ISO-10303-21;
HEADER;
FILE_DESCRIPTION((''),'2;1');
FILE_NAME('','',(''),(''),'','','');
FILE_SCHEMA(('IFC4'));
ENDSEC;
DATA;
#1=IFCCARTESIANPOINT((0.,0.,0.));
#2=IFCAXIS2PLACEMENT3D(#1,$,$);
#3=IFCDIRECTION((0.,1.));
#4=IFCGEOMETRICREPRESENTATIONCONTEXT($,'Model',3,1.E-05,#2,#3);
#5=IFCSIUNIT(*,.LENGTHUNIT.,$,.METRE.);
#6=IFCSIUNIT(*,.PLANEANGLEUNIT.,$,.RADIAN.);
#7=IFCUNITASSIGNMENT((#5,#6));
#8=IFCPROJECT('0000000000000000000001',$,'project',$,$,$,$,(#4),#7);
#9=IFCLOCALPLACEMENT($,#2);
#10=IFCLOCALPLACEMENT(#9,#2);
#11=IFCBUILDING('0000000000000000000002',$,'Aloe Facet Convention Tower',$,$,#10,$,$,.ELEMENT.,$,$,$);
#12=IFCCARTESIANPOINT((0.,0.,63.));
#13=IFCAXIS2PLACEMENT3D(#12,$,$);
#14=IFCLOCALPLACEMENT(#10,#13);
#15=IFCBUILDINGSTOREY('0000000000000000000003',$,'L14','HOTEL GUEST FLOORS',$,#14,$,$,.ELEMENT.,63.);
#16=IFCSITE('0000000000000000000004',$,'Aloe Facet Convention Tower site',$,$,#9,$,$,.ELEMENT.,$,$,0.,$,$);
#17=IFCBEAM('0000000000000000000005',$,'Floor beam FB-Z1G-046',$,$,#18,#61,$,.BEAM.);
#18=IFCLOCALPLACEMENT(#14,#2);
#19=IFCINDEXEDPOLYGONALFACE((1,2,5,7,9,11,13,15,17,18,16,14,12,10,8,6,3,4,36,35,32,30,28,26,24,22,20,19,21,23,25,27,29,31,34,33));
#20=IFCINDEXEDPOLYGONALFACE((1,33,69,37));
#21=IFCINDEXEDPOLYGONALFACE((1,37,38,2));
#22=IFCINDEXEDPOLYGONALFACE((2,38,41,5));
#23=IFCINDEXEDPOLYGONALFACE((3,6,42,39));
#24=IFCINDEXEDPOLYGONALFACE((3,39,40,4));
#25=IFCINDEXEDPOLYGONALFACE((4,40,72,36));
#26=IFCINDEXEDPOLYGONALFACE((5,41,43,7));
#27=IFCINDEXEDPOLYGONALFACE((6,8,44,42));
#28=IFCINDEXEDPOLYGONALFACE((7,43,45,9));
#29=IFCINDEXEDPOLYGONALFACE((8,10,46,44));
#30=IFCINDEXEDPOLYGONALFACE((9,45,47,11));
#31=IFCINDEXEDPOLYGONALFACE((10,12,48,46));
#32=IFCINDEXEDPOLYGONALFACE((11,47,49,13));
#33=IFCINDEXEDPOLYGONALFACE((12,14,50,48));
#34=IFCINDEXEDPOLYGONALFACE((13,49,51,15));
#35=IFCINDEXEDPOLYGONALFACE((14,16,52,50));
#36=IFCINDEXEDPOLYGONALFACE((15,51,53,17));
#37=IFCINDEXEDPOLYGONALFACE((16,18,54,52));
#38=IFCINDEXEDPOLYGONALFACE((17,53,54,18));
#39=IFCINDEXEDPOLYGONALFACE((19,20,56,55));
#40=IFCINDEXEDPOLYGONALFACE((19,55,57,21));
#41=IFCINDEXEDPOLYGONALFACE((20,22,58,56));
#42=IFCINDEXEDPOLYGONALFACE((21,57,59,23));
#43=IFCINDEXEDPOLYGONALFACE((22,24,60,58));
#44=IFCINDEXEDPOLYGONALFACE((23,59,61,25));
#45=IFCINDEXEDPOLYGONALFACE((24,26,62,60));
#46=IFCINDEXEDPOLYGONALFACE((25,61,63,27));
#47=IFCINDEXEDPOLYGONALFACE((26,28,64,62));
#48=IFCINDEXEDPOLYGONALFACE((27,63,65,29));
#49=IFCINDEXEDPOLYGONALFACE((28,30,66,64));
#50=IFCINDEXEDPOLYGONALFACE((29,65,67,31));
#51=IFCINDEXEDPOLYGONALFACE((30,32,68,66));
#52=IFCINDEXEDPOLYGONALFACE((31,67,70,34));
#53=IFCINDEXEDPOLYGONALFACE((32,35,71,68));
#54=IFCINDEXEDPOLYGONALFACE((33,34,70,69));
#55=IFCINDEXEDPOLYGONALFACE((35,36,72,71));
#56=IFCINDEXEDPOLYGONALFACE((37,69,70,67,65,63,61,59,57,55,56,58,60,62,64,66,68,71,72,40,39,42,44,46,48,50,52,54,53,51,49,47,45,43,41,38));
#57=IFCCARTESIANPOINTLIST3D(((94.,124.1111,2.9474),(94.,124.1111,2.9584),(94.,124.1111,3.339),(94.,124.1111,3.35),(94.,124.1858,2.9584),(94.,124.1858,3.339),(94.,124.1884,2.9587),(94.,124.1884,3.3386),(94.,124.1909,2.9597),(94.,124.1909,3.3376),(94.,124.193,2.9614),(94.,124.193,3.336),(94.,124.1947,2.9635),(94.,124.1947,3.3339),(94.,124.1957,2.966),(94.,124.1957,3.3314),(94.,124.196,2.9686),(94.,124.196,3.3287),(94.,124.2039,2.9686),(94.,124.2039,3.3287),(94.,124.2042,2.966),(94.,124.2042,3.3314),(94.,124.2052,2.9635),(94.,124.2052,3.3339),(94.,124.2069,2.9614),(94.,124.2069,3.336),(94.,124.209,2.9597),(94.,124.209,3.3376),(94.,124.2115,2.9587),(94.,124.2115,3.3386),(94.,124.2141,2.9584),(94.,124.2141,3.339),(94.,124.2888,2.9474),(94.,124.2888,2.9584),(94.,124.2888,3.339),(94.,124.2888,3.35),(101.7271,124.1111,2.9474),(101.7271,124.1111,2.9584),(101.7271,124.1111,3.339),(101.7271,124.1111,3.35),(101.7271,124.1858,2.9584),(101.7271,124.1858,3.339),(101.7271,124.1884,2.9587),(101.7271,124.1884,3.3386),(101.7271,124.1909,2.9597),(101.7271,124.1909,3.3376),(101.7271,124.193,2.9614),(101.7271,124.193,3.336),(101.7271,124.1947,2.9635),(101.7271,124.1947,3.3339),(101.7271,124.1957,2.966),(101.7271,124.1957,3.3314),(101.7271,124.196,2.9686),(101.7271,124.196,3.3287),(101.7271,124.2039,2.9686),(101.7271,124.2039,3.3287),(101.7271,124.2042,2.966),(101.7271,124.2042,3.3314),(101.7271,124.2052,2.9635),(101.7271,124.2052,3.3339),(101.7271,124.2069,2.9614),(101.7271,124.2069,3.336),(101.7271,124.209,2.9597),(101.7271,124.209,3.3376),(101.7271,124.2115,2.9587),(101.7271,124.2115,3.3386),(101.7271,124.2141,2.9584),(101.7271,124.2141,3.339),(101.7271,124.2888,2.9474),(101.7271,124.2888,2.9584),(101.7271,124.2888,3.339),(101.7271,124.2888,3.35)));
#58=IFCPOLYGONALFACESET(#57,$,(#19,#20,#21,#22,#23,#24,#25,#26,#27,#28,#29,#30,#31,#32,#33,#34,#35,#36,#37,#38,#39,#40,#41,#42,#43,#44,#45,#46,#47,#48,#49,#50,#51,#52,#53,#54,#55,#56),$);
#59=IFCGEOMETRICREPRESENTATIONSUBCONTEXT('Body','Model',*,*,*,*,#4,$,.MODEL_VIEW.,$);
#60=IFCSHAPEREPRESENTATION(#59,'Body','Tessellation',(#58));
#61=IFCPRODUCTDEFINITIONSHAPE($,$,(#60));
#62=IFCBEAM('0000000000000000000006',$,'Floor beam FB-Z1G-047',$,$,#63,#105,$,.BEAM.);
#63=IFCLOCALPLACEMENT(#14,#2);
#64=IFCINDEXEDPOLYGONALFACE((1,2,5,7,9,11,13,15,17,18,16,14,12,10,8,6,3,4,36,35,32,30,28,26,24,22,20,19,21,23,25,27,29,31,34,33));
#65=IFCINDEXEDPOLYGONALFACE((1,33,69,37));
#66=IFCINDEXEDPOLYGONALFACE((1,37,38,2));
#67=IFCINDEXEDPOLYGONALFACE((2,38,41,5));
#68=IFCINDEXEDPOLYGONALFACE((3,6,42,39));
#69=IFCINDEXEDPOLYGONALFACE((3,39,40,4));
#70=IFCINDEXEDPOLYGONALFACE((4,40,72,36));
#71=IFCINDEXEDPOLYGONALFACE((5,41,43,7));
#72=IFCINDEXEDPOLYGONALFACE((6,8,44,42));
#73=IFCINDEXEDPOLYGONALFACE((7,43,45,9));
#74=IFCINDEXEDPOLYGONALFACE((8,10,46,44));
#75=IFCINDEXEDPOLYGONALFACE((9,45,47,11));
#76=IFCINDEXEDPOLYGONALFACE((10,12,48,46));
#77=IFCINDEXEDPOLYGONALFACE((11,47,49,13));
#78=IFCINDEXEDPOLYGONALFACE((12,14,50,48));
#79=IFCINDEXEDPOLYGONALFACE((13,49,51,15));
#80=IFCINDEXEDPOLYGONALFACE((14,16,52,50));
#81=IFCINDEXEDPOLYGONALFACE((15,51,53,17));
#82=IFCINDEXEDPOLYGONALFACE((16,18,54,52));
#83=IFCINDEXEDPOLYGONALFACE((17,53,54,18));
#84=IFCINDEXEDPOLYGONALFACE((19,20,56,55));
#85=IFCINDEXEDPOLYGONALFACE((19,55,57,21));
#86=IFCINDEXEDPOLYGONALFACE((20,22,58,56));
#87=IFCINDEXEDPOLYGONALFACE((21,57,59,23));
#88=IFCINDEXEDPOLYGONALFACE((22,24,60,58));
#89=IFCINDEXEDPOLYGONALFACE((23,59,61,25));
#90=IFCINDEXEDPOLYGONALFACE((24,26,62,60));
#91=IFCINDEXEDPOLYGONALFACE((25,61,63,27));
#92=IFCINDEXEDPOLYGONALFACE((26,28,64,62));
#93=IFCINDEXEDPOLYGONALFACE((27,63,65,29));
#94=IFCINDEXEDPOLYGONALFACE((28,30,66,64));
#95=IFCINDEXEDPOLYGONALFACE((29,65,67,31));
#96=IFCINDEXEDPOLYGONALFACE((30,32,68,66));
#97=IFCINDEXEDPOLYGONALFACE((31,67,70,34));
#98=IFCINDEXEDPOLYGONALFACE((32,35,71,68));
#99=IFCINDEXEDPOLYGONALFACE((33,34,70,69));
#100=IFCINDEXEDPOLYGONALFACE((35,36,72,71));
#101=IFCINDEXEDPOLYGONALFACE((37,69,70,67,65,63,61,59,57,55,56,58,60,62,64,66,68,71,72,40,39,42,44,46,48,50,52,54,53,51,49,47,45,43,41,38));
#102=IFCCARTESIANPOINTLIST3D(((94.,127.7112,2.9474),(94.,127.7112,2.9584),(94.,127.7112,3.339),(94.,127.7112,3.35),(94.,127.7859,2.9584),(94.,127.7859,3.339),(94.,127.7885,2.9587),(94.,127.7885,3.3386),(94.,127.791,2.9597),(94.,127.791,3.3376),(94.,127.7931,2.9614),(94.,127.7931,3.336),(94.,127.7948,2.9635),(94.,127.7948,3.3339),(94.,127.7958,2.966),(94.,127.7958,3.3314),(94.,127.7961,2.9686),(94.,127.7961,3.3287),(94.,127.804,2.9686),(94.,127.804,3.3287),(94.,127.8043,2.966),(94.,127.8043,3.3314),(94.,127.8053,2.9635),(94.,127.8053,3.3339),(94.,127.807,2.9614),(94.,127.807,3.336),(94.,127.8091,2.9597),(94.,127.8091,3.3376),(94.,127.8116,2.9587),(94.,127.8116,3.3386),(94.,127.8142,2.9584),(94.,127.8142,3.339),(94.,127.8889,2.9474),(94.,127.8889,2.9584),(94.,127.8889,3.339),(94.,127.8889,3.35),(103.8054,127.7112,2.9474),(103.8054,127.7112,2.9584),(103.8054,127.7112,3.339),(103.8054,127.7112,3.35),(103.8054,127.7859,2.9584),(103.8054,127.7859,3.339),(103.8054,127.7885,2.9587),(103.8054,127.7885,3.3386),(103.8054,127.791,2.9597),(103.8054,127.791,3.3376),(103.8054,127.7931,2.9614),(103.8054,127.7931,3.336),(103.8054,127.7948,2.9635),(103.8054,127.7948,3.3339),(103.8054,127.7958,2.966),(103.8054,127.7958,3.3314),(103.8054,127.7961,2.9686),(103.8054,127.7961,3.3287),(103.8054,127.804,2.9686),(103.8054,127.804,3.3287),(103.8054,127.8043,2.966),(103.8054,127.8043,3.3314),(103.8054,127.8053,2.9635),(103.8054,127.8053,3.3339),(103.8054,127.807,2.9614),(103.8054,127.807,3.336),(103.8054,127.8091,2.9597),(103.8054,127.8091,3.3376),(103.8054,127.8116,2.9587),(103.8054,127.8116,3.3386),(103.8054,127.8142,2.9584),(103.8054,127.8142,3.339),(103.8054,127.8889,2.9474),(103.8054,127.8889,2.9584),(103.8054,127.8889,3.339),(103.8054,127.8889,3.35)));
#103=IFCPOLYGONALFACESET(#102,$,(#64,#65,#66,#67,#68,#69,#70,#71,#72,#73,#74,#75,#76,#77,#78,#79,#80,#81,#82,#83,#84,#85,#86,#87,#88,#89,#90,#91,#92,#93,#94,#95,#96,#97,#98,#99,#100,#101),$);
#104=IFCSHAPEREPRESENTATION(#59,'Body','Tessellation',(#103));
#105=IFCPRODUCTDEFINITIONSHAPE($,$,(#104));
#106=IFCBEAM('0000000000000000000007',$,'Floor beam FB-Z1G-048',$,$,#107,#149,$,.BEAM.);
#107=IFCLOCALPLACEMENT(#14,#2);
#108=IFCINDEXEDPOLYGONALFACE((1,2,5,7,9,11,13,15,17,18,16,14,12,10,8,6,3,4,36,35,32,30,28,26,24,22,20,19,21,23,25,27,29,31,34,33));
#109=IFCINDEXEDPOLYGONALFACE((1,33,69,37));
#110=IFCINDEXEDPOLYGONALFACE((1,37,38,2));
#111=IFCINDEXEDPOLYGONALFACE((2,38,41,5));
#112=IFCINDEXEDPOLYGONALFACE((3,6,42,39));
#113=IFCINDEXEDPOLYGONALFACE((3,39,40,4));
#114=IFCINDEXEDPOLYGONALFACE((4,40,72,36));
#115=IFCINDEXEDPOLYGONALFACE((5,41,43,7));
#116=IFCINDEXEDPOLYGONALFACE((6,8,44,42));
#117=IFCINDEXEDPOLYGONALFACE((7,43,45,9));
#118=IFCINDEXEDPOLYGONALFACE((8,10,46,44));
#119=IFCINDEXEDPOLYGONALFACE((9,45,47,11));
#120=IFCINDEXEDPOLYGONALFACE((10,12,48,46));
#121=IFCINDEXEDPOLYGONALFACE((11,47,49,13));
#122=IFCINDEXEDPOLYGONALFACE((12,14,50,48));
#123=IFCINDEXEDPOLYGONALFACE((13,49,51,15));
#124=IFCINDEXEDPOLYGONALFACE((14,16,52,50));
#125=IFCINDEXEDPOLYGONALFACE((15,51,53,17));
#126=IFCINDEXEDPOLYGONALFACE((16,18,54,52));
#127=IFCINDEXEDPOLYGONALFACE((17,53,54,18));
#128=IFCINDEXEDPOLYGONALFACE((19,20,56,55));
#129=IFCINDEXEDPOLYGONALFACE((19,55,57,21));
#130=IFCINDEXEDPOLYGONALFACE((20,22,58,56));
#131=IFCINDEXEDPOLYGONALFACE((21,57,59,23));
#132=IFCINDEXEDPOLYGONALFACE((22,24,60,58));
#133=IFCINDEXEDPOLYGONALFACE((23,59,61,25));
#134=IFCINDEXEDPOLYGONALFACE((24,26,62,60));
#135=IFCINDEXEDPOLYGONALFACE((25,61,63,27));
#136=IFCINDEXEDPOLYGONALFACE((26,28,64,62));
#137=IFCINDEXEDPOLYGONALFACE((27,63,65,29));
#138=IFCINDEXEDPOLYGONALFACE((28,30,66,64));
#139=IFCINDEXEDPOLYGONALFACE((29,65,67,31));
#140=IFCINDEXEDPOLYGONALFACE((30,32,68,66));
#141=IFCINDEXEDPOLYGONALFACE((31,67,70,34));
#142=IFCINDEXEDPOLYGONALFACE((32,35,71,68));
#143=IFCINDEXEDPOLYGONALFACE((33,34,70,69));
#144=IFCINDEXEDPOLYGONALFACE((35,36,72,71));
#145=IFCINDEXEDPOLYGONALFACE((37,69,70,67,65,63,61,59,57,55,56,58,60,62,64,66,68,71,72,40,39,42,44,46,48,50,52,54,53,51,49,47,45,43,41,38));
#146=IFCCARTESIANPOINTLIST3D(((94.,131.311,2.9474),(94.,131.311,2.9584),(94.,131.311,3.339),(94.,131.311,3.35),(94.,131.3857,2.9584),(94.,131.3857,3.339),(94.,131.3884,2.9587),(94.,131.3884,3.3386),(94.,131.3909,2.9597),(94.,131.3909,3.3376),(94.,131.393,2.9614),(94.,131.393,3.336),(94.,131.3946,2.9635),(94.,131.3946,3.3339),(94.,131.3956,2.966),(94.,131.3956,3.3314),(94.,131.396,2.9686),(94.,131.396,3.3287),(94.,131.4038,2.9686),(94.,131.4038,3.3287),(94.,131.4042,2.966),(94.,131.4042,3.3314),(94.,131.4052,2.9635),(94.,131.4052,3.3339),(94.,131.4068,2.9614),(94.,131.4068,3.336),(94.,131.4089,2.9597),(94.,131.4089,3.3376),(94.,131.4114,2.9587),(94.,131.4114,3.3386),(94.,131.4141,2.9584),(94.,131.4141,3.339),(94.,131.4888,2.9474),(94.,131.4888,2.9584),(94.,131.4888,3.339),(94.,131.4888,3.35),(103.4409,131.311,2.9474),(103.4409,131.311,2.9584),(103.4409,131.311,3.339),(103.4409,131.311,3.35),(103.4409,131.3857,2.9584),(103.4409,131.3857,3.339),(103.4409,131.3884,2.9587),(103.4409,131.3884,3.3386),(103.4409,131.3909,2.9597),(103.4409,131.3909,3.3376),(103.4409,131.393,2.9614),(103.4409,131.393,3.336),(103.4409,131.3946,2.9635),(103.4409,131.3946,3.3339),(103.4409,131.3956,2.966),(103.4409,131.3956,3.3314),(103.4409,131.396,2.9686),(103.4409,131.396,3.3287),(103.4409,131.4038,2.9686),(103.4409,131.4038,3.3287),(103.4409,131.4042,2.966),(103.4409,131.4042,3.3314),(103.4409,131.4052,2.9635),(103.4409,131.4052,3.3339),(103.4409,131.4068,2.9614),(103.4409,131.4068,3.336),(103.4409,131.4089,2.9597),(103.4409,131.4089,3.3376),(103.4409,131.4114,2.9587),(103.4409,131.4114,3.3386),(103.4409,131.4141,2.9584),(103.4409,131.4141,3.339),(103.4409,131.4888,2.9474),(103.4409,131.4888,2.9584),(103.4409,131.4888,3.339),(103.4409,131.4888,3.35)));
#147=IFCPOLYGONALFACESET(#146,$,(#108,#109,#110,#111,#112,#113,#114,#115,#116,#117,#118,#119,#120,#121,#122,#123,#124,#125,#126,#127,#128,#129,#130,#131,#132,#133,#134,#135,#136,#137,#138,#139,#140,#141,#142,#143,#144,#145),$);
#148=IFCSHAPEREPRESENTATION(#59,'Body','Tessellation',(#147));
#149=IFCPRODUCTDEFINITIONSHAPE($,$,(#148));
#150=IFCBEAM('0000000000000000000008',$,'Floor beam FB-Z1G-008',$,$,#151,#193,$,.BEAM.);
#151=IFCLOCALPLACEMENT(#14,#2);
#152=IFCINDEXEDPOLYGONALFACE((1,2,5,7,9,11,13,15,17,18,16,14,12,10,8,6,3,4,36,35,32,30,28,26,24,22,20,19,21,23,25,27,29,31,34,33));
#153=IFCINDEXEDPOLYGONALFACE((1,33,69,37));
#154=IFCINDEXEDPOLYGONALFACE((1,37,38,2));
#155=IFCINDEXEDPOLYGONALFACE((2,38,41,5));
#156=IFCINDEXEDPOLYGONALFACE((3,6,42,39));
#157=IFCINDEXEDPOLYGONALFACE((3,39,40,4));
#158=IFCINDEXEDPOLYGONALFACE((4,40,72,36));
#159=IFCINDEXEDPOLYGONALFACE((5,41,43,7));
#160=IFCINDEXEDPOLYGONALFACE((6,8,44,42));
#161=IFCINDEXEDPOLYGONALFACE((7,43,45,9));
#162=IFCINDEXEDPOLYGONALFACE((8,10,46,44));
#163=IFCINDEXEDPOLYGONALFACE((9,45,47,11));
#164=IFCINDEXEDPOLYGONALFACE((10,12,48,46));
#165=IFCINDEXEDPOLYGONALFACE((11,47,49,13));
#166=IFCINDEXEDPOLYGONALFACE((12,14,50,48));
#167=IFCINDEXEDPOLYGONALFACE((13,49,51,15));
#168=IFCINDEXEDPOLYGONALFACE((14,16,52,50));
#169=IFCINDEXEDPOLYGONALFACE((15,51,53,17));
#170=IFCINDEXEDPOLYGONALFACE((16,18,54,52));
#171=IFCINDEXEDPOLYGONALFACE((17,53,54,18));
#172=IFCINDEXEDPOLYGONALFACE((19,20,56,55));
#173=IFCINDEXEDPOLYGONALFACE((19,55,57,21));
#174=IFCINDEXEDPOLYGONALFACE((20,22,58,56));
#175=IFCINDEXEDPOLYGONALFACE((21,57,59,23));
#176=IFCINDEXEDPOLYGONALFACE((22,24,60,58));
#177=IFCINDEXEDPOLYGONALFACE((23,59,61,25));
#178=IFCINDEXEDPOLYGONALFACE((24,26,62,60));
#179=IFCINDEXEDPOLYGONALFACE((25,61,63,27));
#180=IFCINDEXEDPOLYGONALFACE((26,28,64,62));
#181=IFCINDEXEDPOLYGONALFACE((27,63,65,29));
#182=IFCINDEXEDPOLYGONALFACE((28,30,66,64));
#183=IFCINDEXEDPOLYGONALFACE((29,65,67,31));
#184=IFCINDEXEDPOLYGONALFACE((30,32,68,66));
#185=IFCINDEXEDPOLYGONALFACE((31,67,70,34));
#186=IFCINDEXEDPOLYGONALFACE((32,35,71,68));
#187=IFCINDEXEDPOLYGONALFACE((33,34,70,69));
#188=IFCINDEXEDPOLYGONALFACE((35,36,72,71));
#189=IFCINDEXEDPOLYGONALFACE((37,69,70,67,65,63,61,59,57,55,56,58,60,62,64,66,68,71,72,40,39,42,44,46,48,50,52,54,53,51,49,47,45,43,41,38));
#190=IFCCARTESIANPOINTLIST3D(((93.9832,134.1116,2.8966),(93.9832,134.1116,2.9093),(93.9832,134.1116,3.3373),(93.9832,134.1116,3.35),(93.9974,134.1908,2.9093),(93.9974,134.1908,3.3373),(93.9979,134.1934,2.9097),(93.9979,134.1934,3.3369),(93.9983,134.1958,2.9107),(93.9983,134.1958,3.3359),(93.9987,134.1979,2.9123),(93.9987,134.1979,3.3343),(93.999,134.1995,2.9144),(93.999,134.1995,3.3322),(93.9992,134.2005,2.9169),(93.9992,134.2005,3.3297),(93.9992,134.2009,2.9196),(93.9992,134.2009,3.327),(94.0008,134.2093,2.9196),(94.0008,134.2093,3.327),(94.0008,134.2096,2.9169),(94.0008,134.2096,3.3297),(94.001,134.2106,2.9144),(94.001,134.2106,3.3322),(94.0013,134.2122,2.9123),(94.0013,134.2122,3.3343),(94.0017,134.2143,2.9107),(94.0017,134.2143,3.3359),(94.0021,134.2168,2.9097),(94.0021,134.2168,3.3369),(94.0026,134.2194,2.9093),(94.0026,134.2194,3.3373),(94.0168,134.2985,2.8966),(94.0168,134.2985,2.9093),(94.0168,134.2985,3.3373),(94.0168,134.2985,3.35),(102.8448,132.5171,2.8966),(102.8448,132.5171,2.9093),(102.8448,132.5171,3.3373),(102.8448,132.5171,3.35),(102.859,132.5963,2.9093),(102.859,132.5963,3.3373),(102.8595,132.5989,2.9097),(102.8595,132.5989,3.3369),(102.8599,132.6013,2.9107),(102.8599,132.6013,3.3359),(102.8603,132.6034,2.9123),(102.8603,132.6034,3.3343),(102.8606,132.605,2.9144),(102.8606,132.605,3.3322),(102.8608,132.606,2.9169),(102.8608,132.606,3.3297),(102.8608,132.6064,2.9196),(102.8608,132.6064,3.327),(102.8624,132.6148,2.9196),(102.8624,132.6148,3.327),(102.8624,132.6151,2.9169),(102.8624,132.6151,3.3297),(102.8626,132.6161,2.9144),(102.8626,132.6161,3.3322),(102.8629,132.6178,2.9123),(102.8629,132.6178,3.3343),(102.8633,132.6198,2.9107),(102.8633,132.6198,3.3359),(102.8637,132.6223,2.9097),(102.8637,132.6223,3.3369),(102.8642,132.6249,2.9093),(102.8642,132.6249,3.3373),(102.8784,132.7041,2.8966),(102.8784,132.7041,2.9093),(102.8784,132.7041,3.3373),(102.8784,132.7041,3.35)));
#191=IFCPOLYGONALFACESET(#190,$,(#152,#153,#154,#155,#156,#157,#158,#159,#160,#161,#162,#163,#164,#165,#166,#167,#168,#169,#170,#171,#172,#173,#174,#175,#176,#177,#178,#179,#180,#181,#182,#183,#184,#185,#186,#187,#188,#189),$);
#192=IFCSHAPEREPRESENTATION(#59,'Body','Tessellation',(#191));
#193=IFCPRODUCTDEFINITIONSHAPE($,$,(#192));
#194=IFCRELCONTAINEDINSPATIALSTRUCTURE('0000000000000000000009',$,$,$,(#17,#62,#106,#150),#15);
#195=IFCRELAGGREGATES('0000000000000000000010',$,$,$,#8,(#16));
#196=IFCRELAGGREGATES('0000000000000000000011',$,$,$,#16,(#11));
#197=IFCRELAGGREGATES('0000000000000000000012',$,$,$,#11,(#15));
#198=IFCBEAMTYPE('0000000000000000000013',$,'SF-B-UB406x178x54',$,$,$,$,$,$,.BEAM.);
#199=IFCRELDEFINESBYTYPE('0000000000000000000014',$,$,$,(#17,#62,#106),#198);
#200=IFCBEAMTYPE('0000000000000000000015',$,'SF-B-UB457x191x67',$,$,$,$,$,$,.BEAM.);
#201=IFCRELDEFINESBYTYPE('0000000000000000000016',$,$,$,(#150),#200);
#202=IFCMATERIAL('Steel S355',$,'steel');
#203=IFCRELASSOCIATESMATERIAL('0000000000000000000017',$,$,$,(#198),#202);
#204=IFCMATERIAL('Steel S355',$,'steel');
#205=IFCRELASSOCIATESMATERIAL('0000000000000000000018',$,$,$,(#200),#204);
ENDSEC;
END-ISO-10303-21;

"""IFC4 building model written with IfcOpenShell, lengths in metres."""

from ifc_helpers import new_model, si_unit, direction, frame, origin, origin_2d, place, context, subcontext, project, spatial, i_section, extrude, material, material_profile, profile_set, type_object, element, save


model = new_model("IFC4")

# Units and contexts
model_context = context("Model", 3, precision=1e-05, world=origin(), true_north=direction((0.0, 1.0)))
body_context = subcontext(model_context, "Body", "Model", "MODEL_VIEW")
ifc_project = project(units=[si_unit("LENGTHUNIT", "METRE"), si_unit("PLANEANGLEUNIT", "RADIAN")], contexts=[model_context])

# Site, building, storey
site_placement = place(None, origin())
site = spatial("IfcSite", under=ifc_project, at=site_placement, Name="Aloe Facet Convention Tower site", CompositionType="ELEMENT", RefElevation=0.0)
building_placement = place(site_placement, origin())
building = spatial("IfcBuilding", under=site, at=building_placement, Name="Aloe Facet Convention Tower", CompositionType="ELEMENT")
storey_placement = place(building_placement, frame((0.0, 0.0, 63.0)))
storey = spatial("IfcBuildingStorey", under=building, at=storey_placement, Name="L14", Description="HOTEL GUEST FLOORS", CompositionType="ELEMENT", Elevation=63.0)

# Beams
ifc_material_1 = material(Name="Steel S355", Category="steel")
ifc_material_profile_1 = material_profile(ifc_material_1, i_section(OverallWidth=0.1777, OverallDepth=0.4026, WebThickness=0.0078, FlangeThickness=0.011, FilletRadius=0.0103, at=origin_2d()), Name="UB 406x178x54")
ifc_profile_set_1 = profile_set([ifc_material_profile_1], Name="Steel S355")
beam_type_1 = type_object("IfcBeamType", Name="SF-B-UB406x178x54", PredefinedType="BEAM", material=ifc_profile_set_1)
beam_1_placement = place(storey_placement, frame((94.0, 124.2, 3.1487), z_axis=(1.0, 0.0, 0.0), x_axis=(0.0, 1.0, 0.0)))
element("IfcBeam", 1, at=beam_1_placement, inside=storey, type_object=beam_type_1, Name="Floor beam FB-Z1G-046", PredefinedType="BEAM", context=body_context, shape_type="SweptSolid", body=[
    extrude(i_section(OverallWidth=0.1777, OverallDepth=0.4026, WebThickness=0.0078, FlangeThickness=0.011, FilletRadius=0.0103, at=origin_2d()), origin(), (0.0, 0.0, 1.0), 7.7271),
])
beam_2_placement = place(storey_placement, frame((94.0, 127.8, 3.1487), z_axis=(1.0, 0.0, 0.0), x_axis=(0.0, 1.0, 0.0)))
element("IfcBeam", 2, at=beam_2_placement, inside=storey, type_object=beam_type_1, Name="Floor beam FB-Z1G-047", PredefinedType="BEAM", context=body_context, shape_type="SweptSolid", body=[
    extrude(i_section(OverallWidth=0.1777, OverallDepth=0.4026, WebThickness=0.0078, FlangeThickness=0.011, FilletRadius=0.0103, at=origin_2d()), origin(), (0.0, 0.0, 1.0), 9.8054),
])
beam_3_placement = place(storey_placement, frame((94.0, 131.3999, 3.1487), z_axis=(1.0, 0.0, 0.0), x_axis=(0.0, 1.0, 0.0)))
element("IfcBeam", 3, at=beam_3_placement, inside=storey, type_object=beam_type_1, Name="Floor beam FB-Z1G-048", PredefinedType="BEAM", context=body_context, shape_type="SweptSolid", body=[
    extrude(i_section(OverallWidth=0.1777, OverallDepth=0.4026, WebThickness=0.0078, FlangeThickness=0.011, FilletRadius=0.0103, at=origin_2d()), origin(), (0.0, 0.0, 1.0), 9.4409),
])
ifc_material_2 = material(Name="Steel S355", Category="steel")
ifc_material_profile_2 = material_profile(ifc_material_2, i_section(OverallWidth=0.1899, OverallDepth=0.4534, WebThickness=0.0085, FlangeThickness=0.0127, FilletRadius=0.0103, at=origin_2d()), Name="UB 457x191x67")
ifc_profile_set_2 = profile_set([ifc_material_profile_2], Name="Steel S355")
beam_type_2 = type_object("IfcBeamType", Name="SF-B-UB457x191x67", PredefinedType="BEAM", material=ifc_profile_set_2)
beam_4_placement = place(storey_placement, frame((94.0, 134.2051, 3.1233), z_axis=(0.984195, -0.177088, 0.0), x_axis=(0.177088, 0.984195, 0.0)))
element("IfcBeam", 4, at=beam_4_placement, inside=storey, type_object=beam_type_2, Name="Floor beam FB-Z1G-008", PredefinedType="BEAM", context=body_context, shape_type="SweptSolid", body=[
    extrude(i_section(OverallWidth=0.1899, OverallDepth=0.4534, WebThickness=0.0085, FlangeThickness=0.0127, FilletRadius=0.0103, at=origin_2d()), origin(), (0.0, 0.0, 1.0), 9.0039),
])

save(model, "model.ifc")
